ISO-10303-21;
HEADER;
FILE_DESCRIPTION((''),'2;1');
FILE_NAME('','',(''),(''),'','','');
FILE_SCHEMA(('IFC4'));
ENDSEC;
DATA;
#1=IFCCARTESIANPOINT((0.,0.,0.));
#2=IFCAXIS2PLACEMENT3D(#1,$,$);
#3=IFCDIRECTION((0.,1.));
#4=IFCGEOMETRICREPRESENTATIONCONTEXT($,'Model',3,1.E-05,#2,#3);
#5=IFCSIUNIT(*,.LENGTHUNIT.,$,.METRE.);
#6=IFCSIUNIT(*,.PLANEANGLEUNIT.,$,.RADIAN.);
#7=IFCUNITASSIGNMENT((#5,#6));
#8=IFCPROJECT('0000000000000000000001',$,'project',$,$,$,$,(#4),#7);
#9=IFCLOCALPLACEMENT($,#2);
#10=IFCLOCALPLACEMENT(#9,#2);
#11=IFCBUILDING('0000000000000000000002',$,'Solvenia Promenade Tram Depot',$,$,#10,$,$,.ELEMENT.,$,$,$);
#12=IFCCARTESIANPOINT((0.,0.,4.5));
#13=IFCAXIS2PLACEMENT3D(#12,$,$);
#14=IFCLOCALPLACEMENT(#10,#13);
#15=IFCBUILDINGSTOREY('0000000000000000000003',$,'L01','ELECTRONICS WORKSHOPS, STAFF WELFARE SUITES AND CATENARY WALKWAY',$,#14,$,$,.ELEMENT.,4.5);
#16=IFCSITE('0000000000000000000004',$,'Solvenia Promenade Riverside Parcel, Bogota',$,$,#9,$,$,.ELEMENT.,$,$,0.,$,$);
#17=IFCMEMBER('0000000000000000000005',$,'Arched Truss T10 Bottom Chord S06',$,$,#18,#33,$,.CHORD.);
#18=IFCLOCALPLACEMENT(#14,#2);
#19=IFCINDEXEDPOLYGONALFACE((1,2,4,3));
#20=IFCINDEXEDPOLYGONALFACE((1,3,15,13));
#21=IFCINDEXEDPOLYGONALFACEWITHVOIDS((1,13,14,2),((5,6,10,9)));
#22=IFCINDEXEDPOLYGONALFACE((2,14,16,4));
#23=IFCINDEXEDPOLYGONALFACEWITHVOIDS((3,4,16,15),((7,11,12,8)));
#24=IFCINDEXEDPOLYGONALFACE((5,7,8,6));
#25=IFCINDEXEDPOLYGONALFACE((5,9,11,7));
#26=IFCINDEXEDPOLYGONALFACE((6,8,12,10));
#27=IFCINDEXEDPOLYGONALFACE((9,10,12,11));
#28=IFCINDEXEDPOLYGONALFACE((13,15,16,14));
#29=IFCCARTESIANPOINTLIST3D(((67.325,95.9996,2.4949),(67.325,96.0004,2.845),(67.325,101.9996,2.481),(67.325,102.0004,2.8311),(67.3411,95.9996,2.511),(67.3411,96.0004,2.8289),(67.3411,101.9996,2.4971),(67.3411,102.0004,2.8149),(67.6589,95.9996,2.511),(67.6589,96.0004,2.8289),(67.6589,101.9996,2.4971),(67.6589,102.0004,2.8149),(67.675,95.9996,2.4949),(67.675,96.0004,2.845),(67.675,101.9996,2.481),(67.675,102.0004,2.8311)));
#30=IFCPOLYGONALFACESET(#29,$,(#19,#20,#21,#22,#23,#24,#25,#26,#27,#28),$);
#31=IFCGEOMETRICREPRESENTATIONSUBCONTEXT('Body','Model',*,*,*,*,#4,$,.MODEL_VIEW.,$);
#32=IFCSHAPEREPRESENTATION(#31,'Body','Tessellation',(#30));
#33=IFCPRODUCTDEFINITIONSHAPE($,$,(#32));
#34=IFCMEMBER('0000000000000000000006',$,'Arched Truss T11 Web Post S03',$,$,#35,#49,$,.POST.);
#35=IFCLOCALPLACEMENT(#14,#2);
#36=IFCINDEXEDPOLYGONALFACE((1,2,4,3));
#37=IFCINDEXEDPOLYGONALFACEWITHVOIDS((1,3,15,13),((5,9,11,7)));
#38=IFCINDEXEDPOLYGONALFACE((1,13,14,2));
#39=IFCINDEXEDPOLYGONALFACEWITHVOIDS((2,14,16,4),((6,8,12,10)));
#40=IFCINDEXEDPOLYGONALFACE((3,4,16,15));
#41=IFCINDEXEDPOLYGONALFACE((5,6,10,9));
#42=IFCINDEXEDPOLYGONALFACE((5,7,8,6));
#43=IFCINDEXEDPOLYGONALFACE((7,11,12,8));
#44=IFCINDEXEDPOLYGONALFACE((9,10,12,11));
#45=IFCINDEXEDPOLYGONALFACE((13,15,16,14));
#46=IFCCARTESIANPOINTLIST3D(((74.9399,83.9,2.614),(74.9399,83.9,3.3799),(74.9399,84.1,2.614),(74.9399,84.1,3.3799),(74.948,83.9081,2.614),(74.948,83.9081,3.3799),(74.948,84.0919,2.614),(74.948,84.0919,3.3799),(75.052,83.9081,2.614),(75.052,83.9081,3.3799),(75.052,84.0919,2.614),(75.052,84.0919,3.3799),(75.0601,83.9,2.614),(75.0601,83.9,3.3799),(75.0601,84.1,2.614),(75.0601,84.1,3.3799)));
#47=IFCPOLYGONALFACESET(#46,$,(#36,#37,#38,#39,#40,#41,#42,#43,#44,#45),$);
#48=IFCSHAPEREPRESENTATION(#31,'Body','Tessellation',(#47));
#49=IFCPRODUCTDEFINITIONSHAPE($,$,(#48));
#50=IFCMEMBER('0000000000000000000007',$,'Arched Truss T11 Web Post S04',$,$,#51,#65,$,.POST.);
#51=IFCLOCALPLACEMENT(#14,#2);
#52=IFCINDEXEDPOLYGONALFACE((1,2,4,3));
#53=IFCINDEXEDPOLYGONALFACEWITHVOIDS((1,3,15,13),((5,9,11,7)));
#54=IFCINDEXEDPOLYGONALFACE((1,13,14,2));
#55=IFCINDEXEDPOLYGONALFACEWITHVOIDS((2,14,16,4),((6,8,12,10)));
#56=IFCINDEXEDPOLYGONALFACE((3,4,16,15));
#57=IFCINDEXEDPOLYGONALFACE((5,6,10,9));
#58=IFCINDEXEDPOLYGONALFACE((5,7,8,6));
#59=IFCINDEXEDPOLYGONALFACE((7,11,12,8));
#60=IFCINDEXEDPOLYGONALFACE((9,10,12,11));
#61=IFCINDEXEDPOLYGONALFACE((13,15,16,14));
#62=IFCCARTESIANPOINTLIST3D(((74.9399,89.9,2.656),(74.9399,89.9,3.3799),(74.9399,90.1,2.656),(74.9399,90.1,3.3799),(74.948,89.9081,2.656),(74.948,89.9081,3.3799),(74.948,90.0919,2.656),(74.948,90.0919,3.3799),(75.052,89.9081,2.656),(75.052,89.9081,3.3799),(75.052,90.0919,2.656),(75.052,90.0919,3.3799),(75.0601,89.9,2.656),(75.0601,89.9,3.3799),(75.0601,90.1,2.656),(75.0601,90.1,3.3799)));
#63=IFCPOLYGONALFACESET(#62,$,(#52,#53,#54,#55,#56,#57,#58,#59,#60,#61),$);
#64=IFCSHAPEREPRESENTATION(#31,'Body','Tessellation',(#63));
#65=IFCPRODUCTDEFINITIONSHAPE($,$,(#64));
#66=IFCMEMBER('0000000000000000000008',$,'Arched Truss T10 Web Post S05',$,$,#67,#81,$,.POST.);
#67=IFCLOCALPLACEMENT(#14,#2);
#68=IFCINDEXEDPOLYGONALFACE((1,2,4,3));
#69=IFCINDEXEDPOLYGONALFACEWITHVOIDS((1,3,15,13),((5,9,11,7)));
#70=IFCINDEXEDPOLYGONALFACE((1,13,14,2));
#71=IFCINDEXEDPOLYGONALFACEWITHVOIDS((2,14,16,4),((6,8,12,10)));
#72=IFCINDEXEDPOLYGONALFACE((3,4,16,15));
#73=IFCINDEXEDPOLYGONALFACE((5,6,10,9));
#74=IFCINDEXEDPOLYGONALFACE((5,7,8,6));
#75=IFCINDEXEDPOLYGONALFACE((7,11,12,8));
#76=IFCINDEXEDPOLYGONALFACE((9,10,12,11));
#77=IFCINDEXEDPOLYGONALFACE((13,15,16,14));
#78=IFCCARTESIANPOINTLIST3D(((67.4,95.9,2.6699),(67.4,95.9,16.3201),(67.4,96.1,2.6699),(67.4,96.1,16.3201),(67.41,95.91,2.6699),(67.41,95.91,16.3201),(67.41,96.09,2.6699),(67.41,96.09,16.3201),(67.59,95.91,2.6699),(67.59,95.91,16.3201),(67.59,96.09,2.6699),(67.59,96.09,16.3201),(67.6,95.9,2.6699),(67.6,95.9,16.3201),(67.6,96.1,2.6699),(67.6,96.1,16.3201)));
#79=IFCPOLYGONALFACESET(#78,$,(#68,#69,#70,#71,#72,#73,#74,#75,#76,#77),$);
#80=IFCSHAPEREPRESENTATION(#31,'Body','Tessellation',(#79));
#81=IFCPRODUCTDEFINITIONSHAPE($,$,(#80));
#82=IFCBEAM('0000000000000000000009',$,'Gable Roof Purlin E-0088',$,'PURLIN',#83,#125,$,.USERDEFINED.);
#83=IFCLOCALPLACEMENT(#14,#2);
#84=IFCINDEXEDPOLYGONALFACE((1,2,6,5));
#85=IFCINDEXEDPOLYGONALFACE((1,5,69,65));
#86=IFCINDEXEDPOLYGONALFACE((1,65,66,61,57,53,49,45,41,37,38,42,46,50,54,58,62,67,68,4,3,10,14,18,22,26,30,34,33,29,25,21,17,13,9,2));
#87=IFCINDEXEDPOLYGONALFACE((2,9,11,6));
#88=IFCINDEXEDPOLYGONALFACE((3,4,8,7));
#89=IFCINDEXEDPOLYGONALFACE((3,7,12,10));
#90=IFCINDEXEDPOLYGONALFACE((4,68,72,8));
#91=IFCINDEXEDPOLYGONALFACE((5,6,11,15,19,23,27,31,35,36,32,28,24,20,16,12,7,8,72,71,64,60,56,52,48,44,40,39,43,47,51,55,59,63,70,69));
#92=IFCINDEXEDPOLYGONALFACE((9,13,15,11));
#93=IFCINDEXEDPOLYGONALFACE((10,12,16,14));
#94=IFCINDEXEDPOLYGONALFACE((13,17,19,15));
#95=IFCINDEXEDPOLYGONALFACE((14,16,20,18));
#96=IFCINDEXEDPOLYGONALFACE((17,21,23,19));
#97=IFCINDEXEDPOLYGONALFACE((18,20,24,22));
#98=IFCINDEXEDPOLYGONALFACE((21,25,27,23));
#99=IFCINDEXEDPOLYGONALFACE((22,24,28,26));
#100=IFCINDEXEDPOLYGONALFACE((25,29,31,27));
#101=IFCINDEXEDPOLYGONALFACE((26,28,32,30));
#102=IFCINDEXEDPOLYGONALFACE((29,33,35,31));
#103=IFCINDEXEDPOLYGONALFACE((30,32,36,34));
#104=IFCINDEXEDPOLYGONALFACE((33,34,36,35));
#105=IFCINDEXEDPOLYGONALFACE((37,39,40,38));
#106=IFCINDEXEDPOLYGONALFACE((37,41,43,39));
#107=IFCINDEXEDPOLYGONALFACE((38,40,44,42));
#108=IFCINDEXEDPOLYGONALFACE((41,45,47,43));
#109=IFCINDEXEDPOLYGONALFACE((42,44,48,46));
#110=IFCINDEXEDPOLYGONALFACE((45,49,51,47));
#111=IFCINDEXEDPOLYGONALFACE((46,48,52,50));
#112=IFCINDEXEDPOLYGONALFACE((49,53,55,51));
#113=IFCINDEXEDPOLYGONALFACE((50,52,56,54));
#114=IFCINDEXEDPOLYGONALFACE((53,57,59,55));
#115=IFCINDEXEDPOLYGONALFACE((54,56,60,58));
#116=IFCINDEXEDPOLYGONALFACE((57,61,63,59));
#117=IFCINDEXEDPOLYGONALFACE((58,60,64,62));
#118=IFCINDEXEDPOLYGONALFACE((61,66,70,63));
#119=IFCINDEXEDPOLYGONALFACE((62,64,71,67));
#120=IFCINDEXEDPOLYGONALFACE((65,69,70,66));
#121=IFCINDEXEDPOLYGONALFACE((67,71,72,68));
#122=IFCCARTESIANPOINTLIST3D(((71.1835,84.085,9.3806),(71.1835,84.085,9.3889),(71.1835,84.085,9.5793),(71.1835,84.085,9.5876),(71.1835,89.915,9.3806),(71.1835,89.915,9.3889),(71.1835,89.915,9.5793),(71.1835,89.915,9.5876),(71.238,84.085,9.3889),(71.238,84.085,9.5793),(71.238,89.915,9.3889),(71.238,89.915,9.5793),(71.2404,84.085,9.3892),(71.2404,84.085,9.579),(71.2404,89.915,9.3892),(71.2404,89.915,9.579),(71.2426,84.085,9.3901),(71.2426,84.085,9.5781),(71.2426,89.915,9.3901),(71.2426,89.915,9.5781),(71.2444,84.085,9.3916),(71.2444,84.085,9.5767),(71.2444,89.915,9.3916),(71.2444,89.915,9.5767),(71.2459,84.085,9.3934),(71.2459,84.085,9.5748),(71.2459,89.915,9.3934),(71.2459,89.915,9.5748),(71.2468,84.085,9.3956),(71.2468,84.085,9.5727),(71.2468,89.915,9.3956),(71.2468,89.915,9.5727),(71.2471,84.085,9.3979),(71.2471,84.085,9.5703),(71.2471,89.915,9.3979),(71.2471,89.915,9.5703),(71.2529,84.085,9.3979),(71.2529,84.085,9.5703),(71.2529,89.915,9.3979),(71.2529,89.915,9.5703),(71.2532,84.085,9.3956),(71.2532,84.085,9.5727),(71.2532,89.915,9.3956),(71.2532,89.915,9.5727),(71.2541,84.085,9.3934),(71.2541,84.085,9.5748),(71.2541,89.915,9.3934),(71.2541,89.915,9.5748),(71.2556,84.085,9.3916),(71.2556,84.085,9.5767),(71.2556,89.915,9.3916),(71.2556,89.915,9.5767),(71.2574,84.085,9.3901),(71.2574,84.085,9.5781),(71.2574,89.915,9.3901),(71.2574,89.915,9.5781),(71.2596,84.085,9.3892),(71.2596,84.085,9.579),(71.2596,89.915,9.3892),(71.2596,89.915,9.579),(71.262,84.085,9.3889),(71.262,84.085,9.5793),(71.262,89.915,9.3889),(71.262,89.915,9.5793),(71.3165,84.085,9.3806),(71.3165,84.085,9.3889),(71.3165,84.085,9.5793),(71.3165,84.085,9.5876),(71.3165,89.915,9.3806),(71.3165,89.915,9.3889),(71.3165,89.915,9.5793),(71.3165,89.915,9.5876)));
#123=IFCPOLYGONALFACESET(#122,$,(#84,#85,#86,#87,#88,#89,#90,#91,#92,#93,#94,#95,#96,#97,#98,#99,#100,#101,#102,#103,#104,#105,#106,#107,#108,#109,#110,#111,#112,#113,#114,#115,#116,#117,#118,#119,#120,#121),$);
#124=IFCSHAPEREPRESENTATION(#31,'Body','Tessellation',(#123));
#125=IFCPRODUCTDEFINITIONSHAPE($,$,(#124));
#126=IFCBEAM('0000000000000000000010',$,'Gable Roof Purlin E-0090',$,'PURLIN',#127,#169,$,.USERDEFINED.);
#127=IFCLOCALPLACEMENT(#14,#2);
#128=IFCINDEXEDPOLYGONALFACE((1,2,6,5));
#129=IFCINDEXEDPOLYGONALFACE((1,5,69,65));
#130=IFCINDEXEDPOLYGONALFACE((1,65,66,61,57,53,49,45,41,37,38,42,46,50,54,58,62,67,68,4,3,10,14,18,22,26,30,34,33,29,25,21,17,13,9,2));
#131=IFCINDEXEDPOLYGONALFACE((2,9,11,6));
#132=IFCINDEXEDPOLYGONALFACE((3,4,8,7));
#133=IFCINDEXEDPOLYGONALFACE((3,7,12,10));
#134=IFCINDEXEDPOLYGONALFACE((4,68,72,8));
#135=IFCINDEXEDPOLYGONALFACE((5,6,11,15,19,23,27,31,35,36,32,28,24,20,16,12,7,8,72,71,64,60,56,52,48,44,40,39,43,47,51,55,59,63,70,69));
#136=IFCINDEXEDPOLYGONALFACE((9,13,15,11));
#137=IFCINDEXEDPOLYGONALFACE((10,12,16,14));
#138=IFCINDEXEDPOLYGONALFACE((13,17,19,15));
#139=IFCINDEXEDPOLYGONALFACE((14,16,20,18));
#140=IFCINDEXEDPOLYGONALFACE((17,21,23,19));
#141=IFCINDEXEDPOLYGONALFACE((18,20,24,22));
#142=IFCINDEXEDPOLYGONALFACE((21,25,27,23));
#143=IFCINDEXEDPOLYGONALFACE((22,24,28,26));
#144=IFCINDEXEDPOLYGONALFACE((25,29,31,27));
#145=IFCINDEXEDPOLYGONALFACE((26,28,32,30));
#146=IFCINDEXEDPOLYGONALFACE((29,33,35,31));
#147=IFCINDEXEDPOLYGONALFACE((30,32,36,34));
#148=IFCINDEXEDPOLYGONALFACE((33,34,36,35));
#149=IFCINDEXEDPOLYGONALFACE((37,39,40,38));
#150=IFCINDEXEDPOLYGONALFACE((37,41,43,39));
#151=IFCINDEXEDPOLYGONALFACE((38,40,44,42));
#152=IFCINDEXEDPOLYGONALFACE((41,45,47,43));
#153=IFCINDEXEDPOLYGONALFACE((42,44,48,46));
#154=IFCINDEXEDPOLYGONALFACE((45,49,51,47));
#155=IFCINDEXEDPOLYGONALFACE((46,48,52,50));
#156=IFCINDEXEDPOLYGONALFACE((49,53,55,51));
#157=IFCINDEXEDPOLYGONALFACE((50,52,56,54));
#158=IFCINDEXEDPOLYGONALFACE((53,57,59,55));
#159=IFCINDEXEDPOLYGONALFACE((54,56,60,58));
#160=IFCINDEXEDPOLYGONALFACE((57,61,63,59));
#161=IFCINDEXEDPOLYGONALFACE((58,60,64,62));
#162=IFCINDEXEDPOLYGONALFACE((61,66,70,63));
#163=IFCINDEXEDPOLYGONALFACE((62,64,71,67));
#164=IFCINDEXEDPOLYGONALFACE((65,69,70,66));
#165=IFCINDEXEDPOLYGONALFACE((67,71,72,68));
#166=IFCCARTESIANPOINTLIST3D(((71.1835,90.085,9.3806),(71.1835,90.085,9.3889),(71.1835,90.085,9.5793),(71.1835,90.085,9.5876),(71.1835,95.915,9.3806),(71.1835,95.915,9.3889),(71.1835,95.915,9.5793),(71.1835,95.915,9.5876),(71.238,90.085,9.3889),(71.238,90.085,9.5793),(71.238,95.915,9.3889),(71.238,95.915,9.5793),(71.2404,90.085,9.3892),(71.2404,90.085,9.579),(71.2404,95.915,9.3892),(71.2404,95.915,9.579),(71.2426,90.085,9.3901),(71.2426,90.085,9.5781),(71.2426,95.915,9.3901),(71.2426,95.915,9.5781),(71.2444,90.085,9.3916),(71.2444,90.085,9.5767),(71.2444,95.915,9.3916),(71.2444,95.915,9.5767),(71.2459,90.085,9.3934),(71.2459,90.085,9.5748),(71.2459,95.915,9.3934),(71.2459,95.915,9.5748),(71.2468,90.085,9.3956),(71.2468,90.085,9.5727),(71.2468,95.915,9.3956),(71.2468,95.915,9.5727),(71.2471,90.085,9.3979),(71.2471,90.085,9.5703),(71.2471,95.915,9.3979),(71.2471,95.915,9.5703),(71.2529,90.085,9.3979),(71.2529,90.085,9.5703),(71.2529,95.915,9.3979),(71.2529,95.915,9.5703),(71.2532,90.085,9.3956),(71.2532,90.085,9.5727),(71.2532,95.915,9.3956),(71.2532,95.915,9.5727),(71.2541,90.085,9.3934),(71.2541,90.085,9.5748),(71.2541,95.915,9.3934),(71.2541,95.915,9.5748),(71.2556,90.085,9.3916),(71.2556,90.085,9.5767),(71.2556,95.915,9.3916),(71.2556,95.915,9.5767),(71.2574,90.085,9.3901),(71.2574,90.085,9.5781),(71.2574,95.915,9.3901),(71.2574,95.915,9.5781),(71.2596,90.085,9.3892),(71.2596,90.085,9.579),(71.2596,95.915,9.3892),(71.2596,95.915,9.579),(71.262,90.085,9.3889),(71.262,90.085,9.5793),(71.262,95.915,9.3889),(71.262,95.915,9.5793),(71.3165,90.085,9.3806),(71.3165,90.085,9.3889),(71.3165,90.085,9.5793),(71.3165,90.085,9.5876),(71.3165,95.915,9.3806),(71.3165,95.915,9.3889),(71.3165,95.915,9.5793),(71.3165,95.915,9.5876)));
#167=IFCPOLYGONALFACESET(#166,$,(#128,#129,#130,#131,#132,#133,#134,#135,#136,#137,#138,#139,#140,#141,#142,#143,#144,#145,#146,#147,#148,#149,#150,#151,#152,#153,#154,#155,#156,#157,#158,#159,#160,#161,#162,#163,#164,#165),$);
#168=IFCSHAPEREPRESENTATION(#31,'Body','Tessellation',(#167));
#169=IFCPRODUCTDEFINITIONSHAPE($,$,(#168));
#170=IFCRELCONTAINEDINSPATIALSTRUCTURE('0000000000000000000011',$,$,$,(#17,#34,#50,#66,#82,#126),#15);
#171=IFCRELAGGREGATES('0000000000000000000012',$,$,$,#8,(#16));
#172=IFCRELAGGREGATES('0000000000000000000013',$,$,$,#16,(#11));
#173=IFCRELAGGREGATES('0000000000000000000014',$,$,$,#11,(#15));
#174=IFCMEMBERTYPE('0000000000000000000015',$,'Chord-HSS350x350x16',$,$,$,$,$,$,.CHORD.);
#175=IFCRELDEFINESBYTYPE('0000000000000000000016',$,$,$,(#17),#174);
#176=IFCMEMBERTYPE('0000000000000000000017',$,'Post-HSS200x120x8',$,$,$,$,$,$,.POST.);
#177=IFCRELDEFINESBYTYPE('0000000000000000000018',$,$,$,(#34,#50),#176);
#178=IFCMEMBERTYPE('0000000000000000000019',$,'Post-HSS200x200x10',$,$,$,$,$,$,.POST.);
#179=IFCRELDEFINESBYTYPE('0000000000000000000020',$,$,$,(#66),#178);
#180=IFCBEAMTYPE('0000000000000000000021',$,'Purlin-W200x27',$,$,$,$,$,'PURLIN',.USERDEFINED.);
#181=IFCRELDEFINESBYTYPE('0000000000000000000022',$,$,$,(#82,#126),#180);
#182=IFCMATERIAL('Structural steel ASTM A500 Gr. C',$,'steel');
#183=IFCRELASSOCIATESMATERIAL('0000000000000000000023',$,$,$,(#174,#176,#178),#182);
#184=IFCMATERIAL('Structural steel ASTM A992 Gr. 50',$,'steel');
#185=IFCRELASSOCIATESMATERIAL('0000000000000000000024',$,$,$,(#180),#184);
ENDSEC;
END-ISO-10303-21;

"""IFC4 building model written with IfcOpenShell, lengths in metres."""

from ifc_helpers import new_model, si_unit, direction, frame, origin, origin_2d, place, context, subcontext, project, spatial, hollow_rectangle, i_section, extrude, material, material_profile, profile_set, type_object, element, save


model = new_model("IFC4")

# Units and contexts
model_context = context("Model", 3, precision=1e-05, world=origin(), true_north=direction((0.0, 1.0)))
body_context = subcontext(model_context, "Body", "Model", "MODEL_VIEW")
ifc_project = project(units=[si_unit("LENGTHUNIT", "METRE"), si_unit("PLANEANGLEUNIT", "RADIAN")], contexts=[model_context])

# Site, building, storey
site_placement = place(None, origin())
site = spatial("IfcSite", under=ifc_project, at=site_placement, Name="Solvenia Promenade Riverside Parcel, Bogota", CompositionType="ELEMENT", RefElevation=0.0)
building_placement = place(site_placement, origin())
building = spatial("IfcBuilding", under=site, at=building_placement, Name="Solvenia Promenade Tram Depot", CompositionType="ELEMENT")
storey_placement = place(building_placement, frame((0.0, 0.0, 4.5)))
storey = spatial("IfcBuildingStorey", under=building, at=storey_placement, Name="L01", Description="ELECTRONICS WORKSHOPS, STAFF WELFARE SUITES AND CATENARY WALKWAY", CompositionType="ELEMENT", Elevation=4.5)

# Members
ifc_material_1 = material(Name="Structural steel ASTM A500 Gr. C", Category="steel")
ifc_material_profile_1 = material_profile(ifc_material_1, hollow_rectangle(XDim=0.3501, YDim=0.3501, WallThickness=0.0161, at=origin_2d()), Name="HSS350x350x16", Category="steel")
ifc_profile_set_1 = profile_set([ifc_material_profile_1], Name="Structural steel ASTM A500 Gr. C")
member_type_1 = type_object("IfcMemberType", Name="Chord-HSS350x350x16", PredefinedType="CHORD", material=ifc_profile_set_1)
member_1_placement = place(storey_placement, frame((67.5, 96.0, 2.6699), z_axis=(0.0, 0.999997, -0.002319), x_axis=(-1.0, 0.0, 0.0)))
element("IfcMember", 1, at=member_1_placement, inside=storey, type_object=member_type_1, Name="Arched Truss T10 Bottom Chord S06", PredefinedType="CHORD", context=body_context, shape_type="SweptSolid", body=[
    extrude(hollow_rectangle(XDim=0.3501, YDim=0.3501, WallThickness=0.0161, at=origin_2d()), origin(), (0.0, 0.0, 1.0), 6.0),
])
ifc_material_profile_2 = material_profile(ifc_material_1, hollow_rectangle(XDim=0.1201, YDim=0.2, WallThickness=0.0081, at=origin_2d()), Name="HSS200x120x8", Category="steel")
ifc_profile_set_2 = profile_set([ifc_material_profile_2], Name="Structural steel ASTM A500 Gr. C")
member_type_2 = type_object("IfcMemberType", Name="Post-HSS200x120x8", PredefinedType="POST", material=ifc_profile_set_2)
member_2_placement = place(storey_placement, frame((75.0, 84.0, 2.614), z_axis=(0.0, 0.0, 1.0), x_axis=(1.0, 0.0, 0.0)))
element("IfcMember", 2, at=member_2_placement, inside=storey, type_object=member_type_2, Name="Arched Truss T11 Web Post S03", PredefinedType="POST", context=body_context, shape_type="SweptSolid", body=[
    extrude(hollow_rectangle(XDim=0.1201, YDim=0.2, WallThickness=0.0081, at=origin_2d()), origin(), (0.0, 0.0, 1.0), 0.7659),
])
member_3_placement = place(storey_placement, frame((75.0, 90.0, 2.656), z_axis=(0.0, 0.0, 1.0), x_axis=(1.0, 0.0, 0.0)))
element("IfcMember", 3, at=member_3_placement, inside=storey, type_object=member_type_2, Name="Arched Truss T11 Web Post S04", PredefinedType="POST", context=body_context, shape_type="SweptSolid", body=[
    extrude(hollow_rectangle(XDim=0.1201, YDim=0.2, WallThickness=0.0081, at=origin_2d()), origin(), (0.0, 0.0, 1.0), 0.7239),
])
ifc_material_profile_3 = material_profile(ifc_material_1, hollow_rectangle(XDim=0.2, YDim=0.2, WallThickness=0.01, at=origin_2d()), Name="HSS200x200x10", Category="steel")
ifc_profile_set_3 = profile_set([ifc_material_profile_3], Name="Structural steel ASTM A500 Gr. C")
member_type_3 = type_object("IfcMemberType", Name="Post-HSS200x200x10", PredefinedType="POST", material=ifc_profile_set_3)
member_4_placement = place(storey_placement, frame((67.5, 96.0, 2.6699), z_axis=(0.0, 0.0, 1.0), x_axis=(1.0, 0.0, 0.0)))
element("IfcMember", 4, at=member_4_placement, inside=storey, type_object=member_type_3, Name="Arched Truss T10 Web Post S05", PredefinedType="POST", context=body_context, shape_type="SweptSolid", body=[
    extrude(hollow_rectangle(XDim=0.2, YDim=0.2, WallThickness=0.01, at=origin_2d()), origin(), (0.0, 0.0, 1.0), 13.6501),
])

# Beams
ifc_material_2 = material(Name="Structural steel ASTM A992 Gr. 50", Category="steel")
ifc_material_profile_4 = material_profile(ifc_material_2, i_section(OverallWidth=0.1331, OverallDepth=0.207, WebThickness=0.0059, FlangeThickness=0.0083, FilletRadius=0.009, at=origin_2d()), Name="W200x27", Category="steel")
ifc_profile_set_4 = profile_set([ifc_material_profile_4], Name="Structural steel ASTM A992 Gr. 50")
beam_type = type_object("IfcBeamType", Name="Purlin-W200x27", ElementType="PURLIN", PredefinedType="USERDEFINED", material=ifc_profile_set_4)
for number, where, z_axis, x_axis, name in (
    (5, (71.25, 84.085, 9.4841), (0.0, 1.0, 0.0), (-1.0, 0.0, 0.0), "Gable Roof Purlin E-0088"),
    (6, (71.25, 90.085, 9.4841), (0.0, 1.0, 0.0), (-1.0, 0.0, 0.0), "Gable Roof Purlin E-0090"),
):
    element("IfcBeam", number, at=place(storey_placement, frame(where, z_axis=z_axis, x_axis=x_axis)), inside=storey, type_object=beam_type, Name=name, ObjectType="PURLIN", PredefinedType="USERDEFINED", context=body_context, shape_type="SweptSolid", body=[
        extrude(i_section(OverallWidth=0.1331, OverallDepth=0.207, WebThickness=0.0059, FlangeThickness=0.0083, FilletRadius=0.009, at=origin_2d()), origin(), (0.0, 0.0, 1.0), 5.8301),
    ])

save(model, "model.ifc")
